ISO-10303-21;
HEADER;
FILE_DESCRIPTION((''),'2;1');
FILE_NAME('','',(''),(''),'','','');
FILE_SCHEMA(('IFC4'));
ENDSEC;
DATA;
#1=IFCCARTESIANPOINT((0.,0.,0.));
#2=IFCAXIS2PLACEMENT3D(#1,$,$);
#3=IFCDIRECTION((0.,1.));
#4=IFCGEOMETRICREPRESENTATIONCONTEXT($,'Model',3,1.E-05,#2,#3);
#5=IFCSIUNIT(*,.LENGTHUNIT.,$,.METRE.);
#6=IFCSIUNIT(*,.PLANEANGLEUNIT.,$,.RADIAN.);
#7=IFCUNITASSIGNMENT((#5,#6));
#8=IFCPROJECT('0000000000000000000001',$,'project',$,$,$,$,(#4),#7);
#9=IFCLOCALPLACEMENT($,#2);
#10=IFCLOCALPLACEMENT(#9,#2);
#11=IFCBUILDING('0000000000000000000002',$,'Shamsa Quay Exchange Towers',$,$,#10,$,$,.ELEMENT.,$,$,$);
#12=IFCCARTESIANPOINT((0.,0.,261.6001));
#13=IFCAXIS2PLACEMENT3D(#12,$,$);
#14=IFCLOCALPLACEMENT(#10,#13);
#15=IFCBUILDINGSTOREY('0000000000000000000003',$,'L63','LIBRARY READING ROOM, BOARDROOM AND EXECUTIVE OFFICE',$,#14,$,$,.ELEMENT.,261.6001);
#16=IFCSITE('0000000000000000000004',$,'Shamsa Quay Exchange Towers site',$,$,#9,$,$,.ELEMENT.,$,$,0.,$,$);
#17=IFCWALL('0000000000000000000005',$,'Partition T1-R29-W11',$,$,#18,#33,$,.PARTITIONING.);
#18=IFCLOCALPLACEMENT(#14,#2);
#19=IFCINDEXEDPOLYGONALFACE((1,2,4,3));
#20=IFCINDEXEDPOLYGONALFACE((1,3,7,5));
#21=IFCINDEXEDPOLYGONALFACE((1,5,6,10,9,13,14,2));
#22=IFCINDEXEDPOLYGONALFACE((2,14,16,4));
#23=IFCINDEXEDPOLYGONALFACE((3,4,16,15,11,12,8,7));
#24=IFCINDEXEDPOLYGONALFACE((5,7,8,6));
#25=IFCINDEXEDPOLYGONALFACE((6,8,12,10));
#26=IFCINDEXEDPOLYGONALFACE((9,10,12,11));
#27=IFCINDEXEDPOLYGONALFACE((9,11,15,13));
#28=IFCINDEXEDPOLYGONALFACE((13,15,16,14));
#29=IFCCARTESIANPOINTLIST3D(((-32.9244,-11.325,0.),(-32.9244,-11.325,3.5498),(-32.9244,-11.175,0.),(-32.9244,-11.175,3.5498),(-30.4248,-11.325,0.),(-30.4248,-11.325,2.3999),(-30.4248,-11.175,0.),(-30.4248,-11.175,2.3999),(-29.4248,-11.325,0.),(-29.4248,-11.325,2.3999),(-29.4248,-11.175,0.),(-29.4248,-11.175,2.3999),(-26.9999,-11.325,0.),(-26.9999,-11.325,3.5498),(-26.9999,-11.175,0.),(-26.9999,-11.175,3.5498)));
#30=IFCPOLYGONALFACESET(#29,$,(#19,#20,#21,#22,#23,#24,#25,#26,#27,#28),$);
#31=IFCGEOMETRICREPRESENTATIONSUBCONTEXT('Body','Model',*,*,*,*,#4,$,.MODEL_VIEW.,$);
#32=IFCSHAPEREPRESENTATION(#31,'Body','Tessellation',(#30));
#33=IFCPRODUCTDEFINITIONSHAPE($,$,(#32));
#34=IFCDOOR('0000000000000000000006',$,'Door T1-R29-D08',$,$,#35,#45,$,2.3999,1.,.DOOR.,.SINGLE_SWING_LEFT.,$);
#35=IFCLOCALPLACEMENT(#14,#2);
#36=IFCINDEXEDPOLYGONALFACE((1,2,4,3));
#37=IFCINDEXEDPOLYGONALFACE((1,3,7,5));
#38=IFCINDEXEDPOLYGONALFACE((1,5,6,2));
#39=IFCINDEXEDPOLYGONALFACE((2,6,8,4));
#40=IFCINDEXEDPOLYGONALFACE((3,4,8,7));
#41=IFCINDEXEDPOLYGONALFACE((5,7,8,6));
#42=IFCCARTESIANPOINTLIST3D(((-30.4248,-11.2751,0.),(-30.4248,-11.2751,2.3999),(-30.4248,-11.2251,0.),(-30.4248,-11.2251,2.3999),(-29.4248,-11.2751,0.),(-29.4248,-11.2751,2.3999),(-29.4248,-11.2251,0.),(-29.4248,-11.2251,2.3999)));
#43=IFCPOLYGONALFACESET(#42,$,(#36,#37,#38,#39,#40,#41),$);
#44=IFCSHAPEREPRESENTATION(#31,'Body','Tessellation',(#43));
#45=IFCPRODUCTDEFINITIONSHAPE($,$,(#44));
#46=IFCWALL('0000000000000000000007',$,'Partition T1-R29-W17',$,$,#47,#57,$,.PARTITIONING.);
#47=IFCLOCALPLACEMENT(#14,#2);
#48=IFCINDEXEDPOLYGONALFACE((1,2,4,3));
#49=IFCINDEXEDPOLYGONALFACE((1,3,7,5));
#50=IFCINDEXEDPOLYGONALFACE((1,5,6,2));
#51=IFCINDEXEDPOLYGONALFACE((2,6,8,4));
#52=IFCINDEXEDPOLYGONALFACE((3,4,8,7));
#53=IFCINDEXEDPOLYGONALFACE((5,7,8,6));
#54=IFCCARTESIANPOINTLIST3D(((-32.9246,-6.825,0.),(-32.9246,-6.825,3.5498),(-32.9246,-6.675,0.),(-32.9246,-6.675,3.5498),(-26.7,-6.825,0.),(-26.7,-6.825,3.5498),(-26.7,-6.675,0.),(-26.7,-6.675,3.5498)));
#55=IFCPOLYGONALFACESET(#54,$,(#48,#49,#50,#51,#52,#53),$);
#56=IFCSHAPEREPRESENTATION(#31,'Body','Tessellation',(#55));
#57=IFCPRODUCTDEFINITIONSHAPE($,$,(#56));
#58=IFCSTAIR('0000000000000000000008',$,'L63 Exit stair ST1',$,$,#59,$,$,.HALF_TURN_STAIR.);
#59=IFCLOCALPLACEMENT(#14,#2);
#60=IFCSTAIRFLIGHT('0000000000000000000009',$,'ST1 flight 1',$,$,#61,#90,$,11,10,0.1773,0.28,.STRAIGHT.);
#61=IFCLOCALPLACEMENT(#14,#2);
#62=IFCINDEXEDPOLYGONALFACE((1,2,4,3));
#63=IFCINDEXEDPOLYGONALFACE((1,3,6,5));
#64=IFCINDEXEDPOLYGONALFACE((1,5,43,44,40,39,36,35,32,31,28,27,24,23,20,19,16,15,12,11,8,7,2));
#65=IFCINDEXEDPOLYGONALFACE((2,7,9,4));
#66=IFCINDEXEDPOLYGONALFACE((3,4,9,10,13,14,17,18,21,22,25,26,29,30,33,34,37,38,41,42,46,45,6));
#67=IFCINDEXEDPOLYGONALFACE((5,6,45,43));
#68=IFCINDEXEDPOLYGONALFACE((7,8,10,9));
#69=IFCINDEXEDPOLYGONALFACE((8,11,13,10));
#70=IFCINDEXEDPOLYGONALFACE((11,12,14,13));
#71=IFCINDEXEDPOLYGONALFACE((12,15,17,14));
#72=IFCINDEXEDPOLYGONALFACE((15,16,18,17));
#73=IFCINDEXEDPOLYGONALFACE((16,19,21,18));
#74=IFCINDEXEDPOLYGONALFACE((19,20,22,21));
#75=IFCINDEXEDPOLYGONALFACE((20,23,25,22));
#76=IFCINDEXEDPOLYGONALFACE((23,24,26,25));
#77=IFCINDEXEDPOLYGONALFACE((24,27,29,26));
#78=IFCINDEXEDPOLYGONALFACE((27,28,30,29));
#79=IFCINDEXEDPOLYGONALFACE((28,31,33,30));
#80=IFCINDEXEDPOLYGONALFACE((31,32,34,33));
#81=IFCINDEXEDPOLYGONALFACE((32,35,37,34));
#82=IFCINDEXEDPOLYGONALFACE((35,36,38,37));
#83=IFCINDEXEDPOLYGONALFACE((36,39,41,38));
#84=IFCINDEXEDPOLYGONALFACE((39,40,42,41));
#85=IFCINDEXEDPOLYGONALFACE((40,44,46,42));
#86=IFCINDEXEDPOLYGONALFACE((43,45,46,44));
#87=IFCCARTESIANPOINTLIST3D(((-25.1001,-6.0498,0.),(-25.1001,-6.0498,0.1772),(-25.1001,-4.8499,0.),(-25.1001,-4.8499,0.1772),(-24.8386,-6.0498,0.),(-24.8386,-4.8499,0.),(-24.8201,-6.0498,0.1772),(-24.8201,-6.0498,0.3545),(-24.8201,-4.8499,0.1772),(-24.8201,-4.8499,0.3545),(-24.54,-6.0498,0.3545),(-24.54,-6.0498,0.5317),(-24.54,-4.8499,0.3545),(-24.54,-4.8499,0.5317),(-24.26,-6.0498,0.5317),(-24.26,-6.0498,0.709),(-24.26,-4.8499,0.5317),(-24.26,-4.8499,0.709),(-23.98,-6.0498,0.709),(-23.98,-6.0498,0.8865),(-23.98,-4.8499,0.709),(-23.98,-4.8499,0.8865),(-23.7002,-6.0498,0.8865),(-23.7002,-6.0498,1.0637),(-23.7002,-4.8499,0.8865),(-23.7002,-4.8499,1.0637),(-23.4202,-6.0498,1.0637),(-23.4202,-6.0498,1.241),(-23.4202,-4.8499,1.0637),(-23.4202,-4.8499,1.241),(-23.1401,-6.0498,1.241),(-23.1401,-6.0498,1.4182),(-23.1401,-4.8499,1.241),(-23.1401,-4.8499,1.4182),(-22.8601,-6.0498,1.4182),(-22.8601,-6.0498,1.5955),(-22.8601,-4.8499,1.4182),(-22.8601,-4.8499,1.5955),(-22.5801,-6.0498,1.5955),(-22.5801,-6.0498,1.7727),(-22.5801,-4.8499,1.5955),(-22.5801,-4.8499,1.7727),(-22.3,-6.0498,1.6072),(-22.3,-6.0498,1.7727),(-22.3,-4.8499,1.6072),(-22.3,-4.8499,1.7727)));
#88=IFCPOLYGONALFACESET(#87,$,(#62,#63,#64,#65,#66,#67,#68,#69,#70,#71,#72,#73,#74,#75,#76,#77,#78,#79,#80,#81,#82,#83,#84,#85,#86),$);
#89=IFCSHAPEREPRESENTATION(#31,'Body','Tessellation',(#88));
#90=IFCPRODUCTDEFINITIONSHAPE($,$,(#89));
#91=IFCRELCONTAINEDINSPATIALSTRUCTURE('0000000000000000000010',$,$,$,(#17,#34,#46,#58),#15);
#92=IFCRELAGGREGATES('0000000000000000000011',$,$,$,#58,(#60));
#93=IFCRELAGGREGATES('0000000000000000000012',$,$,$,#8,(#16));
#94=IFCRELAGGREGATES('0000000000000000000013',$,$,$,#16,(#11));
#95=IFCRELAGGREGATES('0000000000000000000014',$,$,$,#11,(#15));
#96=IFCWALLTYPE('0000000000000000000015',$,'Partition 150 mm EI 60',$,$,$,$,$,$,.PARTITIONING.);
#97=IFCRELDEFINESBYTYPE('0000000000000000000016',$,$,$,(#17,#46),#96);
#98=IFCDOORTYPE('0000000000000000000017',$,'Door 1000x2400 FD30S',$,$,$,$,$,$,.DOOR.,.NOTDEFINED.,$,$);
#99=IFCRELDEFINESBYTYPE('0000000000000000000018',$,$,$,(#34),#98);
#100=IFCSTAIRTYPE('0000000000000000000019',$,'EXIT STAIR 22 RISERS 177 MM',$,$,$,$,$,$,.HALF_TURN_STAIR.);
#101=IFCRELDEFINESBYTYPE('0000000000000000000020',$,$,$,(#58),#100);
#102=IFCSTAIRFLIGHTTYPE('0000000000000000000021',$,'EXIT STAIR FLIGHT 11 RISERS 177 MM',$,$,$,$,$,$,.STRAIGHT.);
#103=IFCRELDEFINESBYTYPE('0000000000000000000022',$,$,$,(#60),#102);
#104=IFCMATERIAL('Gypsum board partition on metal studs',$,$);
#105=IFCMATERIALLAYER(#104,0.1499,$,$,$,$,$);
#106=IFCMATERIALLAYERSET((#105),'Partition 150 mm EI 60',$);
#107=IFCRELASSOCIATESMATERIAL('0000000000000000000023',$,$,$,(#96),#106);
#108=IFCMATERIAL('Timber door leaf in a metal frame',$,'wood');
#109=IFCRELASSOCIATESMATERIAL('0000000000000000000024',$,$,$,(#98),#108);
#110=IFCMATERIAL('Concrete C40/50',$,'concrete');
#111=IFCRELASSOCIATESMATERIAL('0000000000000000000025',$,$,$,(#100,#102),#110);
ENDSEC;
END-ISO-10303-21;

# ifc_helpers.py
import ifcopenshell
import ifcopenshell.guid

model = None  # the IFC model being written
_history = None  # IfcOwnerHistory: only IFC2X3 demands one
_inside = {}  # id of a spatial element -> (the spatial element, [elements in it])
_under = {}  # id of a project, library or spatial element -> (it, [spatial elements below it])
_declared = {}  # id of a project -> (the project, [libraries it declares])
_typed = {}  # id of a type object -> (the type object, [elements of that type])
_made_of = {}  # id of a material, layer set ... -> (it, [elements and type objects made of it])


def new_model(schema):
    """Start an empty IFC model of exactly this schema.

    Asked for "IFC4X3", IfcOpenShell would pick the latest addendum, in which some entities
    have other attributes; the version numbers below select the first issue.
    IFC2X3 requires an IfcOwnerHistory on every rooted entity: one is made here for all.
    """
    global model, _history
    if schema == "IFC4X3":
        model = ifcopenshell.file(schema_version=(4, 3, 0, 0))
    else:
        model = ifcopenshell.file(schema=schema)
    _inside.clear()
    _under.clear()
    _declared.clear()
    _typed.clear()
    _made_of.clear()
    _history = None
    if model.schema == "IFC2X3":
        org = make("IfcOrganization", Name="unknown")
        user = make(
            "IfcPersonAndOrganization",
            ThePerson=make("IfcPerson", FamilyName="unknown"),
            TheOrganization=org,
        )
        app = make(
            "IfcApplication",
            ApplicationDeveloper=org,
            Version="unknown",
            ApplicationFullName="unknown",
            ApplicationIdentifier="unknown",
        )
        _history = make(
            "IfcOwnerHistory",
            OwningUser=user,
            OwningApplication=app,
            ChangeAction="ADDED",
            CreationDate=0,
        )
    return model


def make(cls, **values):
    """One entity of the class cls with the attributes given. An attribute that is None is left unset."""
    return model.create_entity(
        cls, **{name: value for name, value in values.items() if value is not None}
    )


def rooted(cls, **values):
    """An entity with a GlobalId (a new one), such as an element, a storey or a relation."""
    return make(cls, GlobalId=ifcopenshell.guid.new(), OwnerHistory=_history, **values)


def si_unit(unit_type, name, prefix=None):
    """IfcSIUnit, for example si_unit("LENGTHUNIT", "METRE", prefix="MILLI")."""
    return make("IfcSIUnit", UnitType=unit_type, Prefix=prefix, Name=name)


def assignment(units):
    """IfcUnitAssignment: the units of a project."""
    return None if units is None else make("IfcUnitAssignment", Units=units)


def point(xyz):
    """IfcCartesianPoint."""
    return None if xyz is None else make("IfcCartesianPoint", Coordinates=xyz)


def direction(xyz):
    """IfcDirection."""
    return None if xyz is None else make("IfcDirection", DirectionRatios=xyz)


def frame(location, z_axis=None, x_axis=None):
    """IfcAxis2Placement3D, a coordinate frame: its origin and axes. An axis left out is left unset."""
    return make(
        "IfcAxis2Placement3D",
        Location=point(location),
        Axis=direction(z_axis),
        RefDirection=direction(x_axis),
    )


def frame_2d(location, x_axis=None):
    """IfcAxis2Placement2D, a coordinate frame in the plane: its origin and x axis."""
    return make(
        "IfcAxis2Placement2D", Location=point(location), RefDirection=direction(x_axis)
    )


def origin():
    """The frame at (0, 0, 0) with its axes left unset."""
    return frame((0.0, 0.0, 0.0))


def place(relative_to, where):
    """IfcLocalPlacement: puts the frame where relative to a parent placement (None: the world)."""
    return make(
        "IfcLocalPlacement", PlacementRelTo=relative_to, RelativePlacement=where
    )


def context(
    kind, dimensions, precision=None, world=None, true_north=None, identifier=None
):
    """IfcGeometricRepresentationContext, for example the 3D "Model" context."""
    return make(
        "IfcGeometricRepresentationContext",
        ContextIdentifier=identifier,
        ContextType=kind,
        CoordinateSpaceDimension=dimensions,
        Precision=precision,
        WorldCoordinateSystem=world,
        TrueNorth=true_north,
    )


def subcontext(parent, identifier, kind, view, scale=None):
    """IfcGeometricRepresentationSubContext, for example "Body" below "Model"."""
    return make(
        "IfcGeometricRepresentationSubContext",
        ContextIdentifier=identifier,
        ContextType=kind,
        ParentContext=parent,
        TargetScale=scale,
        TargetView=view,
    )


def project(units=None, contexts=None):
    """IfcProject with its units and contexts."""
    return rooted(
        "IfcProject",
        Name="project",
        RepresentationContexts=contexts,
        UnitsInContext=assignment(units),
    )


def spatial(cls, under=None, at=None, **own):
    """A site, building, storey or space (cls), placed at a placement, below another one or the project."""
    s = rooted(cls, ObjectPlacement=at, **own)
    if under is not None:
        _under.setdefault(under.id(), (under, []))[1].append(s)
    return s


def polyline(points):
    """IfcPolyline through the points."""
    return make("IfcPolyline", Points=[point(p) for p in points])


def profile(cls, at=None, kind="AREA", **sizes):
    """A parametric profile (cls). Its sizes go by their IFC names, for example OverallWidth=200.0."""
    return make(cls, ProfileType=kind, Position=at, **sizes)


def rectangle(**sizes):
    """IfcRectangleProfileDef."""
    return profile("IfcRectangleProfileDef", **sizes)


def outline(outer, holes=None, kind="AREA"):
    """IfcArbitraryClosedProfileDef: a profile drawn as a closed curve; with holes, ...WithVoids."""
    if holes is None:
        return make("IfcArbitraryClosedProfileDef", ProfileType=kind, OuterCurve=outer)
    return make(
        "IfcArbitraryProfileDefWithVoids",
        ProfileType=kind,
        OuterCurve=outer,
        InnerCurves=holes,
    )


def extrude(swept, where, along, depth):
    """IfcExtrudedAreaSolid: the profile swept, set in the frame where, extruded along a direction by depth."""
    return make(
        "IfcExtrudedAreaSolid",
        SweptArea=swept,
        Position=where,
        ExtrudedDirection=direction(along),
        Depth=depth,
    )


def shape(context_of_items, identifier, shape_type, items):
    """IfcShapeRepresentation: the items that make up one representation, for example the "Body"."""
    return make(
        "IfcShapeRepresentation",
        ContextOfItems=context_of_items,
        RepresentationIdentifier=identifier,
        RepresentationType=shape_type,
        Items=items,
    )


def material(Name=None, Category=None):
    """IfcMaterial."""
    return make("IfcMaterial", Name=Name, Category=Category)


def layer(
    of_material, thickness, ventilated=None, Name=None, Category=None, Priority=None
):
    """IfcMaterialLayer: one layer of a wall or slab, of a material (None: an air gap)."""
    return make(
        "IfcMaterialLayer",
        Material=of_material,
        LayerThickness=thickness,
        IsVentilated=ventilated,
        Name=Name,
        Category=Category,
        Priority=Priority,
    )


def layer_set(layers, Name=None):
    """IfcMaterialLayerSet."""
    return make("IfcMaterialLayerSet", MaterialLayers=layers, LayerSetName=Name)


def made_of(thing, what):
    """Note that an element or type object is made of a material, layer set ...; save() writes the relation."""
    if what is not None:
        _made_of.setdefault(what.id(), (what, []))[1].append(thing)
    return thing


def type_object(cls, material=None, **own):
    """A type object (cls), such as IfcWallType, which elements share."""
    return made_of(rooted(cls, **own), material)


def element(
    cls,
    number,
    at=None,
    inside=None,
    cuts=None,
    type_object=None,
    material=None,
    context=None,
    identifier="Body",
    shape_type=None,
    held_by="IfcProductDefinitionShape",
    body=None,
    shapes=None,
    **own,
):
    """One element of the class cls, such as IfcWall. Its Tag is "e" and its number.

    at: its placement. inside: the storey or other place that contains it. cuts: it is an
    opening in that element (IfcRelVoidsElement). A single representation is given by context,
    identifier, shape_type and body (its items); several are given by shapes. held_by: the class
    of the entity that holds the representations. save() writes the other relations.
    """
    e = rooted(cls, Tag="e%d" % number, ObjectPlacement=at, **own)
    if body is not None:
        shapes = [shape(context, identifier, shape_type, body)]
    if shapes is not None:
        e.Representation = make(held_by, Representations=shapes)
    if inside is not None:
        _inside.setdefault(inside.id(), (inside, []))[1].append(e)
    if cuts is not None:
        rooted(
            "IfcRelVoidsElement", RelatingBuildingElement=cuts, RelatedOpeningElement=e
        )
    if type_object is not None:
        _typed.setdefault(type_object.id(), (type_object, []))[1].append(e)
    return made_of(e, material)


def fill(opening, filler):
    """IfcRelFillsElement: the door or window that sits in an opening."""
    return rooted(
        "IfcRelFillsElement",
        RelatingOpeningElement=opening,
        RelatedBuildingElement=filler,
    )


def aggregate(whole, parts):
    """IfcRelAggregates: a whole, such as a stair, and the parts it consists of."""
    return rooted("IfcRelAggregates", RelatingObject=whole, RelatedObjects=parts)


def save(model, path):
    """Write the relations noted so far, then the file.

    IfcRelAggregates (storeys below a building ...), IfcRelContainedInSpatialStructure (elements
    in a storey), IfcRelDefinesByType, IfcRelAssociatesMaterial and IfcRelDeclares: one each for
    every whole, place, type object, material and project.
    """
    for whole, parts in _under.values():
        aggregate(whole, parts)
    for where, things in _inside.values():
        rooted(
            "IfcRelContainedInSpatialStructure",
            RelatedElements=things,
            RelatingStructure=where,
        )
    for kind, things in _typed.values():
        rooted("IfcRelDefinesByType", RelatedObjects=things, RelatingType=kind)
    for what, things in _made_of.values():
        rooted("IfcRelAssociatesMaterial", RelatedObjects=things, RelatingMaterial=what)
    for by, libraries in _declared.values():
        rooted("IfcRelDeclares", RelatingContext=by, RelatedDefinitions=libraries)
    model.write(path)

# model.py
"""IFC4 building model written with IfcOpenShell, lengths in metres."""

from ifc_helpers import new_model, si_unit, direction, frame, frame_2d, origin, place, context, subcontext, project, spatial, polyline, rectangle, outline, extrude, material, layer, layer_set, type_object, element, fill, aggregate, save


model = new_model("IFC4")

# Units and contexts
model_context = context("Model", 3, precision=1e-05, world=origin(), true_north=direction((0.0, 1.0)))
body_context = subcontext(model_context, "Body", "Model", "MODEL_VIEW")
ifc_project = project(units=[si_unit("LENGTHUNIT", "METRE"), si_unit("PLANEANGLEUNIT", "RADIAN")], contexts=[model_context])

# Site, building, storey
site_placement = place(None, origin())
site = spatial("IfcSite", under=ifc_project, at=site_placement, Name="Shamsa Quay Exchange Towers site", CompositionType="ELEMENT", RefElevation=0.0)
building_placement = place(site_placement, origin())
building = spatial("IfcBuilding", under=site, at=building_placement, Name="Shamsa Quay Exchange Towers", CompositionType="ELEMENT")
storey_placement = place(building_placement, frame((0.0, 0.0, 261.6001)))
storey = spatial("IfcBuildingStorey", under=building, at=storey_placement, Name="L63", Description="LIBRARY READING ROOM, BOARDROOM AND EXECUTIVE OFFICE", CompositionType="ELEMENT", Elevation=261.6001)

# Shared definitions
ifc_material_1 = material(Name="Gypsum board partition on metal studs")
ifc_layer_1 = layer(ifc_material_1, 0.1499)
ifc_layer_set_1 = layer_set([ifc_layer_1], Name="Partition 150 mm EI 60")
wall_type_1 = type_object("IfcWallType", Name="Partition 150 mm EI 60", PredefinedType="PARTITIONING", material=ifc_layer_set_1)

# Wall, opening, door
wall_1_placement = place(storey_placement, frame((-32.9246, -11.25, 0.0)))
wall_1 = element("IfcWall", 1, at=wall_1_placement, inside=storey, type_object=wall_type_1, Name="Partition T1-R29-W11", PredefinedType="PARTITIONING", context=body_context, shape_type="SweptSolid", body=[
    extrude(rectangle(XDim=5.9246, YDim=0.1499, at=frame_2d((2.9624, 0.0))), origin(), (0.0, 0.0, 1.0), 3.5498),
])
opening_placement = place(wall_1_placement, frame((2.4998, 0.0, 0.0)))
opening = element("IfcOpeningElement", 2, at=opening_placement, cuts=wall_1, PredefinedType="OPENING", context=body_context, shape_type="SweptSolid", body=[
    extrude(rectangle(XDim=1.0, YDim=2.3999, at=frame_2d((0.5, 1.2))), frame((0.0, 0.085, 0.0), z_axis=(0.0, -1.0, 0.0), x_axis=(1.0, 0.0, 0.0)), (0.0, 0.0, 1.0), 0.1699),
])
ifc_material_2 = material(Name="Timber door leaf in a metal frame", Category="wood")
door_type = type_object("IfcDoorType", Name="Door 1000x2400 FD30S", OperationType="NOTDEFINED", PredefinedType="DOOR", material=ifc_material_2)
door_placement = place(opening_placement, origin())
door = element("IfcDoor", 3, at=door_placement, inside=storey, type_object=door_type, Name="Door T1-R29-D08", OperationType="SINGLE_SWING_LEFT", OverallHeight=2.3999, OverallWidth=1.0, PredefinedType="DOOR", context=body_context, shape_type="SweptSolid", body=[
    extrude(rectangle(XDim=1.0, YDim=2.3999, at=frame_2d((0.5, 1.2))), frame((0.0, 0.0249, 0.0), z_axis=(0.0, -1.0, 0.0), x_axis=(1.0, 0.0, 0.0)), (0.0, 0.0, 1.0), 0.05),
])
fill(opening, door)

# Wall
wall_2_placement = place(storey_placement, frame((-32.9246, -6.75, 0.0)))
element("IfcWall", 4, at=wall_2_placement, inside=storey, type_object=wall_type_1, Name="Partition T1-R29-W17", PredefinedType="PARTITIONING", context=body_context, shape_type="SweptSolid", body=[
    extrude(rectangle(XDim=6.2246, YDim=0.1499, at=frame_2d((3.1123, 0.0))), origin(), (0.0, 0.0, 1.0), 3.5498),
])

# Stair, stair flight
ifc_material_3 = material(Name="Concrete C40/50", Category="concrete")
stair_type = type_object("IfcStairType", Name="EXIT STAIR 22 RISERS 177 MM", PredefinedType="HALF_TURN_STAIR", material=ifc_material_3)
stair_placement = place(storey_placement, origin())
stair = element("IfcStair", 5, at=stair_placement, inside=storey, type_object=stair_type, Name="L63 Exit stair ST1", PredefinedType="HALF_TURN_STAIR")
stair_flight_type = type_object("IfcStairFlightType", Name="EXIT STAIR FLIGHT 11 RISERS 177 MM", PredefinedType="STRAIGHT", material=ifc_material_3)
stair_flight_placement = place(storey_placement, frame((-25.1001, -5.45, 0.0)))
stair_flight = element("IfcStairFlight", 6, at=stair_flight_placement, type_object=stair_flight_type, Name="ST1 flight 1", NumberOfRisers=11, NumberOfTreads=10, PredefinedType="STRAIGHT", RiserHeight=0.1773, TreadLength=0.28, context=body_context, shape_type="SweptSolid", body=[
    extrude(outline(polyline([(0.0, 0.0), (0.0, 0.1772), (0.28, 0.1772), (0.28, 0.3545), (0.5601, 0.3545), (0.5601, 0.5317), (0.8401, 0.5317), (0.8401, 0.709), (1.1201, 0.709), (1.1201, 0.8865), (1.3999, 0.8865), (1.3999, 1.0637), (1.6799, 1.0637), (1.6799, 1.241), (1.96, 1.241), (1.96, 1.4182), (2.24, 1.4182), (2.24, 1.5955), (2.52, 1.5955), (2.52, 1.7727), (2.8, 1.7727), (2.8, 1.95), (2.8, 1.6072), (0.2615, 0.0), (0.0, 0.0)])), frame((0.0, 0.6001, 0.0), z_axis=(0.0, -1.0, 0.0), x_axis=(1.0, 0.0, 0.0)), (0.0, 0.0, 1.0), 1.2),
])
aggregate(stair, [stair_flight])

save(model, "model.ifc")
